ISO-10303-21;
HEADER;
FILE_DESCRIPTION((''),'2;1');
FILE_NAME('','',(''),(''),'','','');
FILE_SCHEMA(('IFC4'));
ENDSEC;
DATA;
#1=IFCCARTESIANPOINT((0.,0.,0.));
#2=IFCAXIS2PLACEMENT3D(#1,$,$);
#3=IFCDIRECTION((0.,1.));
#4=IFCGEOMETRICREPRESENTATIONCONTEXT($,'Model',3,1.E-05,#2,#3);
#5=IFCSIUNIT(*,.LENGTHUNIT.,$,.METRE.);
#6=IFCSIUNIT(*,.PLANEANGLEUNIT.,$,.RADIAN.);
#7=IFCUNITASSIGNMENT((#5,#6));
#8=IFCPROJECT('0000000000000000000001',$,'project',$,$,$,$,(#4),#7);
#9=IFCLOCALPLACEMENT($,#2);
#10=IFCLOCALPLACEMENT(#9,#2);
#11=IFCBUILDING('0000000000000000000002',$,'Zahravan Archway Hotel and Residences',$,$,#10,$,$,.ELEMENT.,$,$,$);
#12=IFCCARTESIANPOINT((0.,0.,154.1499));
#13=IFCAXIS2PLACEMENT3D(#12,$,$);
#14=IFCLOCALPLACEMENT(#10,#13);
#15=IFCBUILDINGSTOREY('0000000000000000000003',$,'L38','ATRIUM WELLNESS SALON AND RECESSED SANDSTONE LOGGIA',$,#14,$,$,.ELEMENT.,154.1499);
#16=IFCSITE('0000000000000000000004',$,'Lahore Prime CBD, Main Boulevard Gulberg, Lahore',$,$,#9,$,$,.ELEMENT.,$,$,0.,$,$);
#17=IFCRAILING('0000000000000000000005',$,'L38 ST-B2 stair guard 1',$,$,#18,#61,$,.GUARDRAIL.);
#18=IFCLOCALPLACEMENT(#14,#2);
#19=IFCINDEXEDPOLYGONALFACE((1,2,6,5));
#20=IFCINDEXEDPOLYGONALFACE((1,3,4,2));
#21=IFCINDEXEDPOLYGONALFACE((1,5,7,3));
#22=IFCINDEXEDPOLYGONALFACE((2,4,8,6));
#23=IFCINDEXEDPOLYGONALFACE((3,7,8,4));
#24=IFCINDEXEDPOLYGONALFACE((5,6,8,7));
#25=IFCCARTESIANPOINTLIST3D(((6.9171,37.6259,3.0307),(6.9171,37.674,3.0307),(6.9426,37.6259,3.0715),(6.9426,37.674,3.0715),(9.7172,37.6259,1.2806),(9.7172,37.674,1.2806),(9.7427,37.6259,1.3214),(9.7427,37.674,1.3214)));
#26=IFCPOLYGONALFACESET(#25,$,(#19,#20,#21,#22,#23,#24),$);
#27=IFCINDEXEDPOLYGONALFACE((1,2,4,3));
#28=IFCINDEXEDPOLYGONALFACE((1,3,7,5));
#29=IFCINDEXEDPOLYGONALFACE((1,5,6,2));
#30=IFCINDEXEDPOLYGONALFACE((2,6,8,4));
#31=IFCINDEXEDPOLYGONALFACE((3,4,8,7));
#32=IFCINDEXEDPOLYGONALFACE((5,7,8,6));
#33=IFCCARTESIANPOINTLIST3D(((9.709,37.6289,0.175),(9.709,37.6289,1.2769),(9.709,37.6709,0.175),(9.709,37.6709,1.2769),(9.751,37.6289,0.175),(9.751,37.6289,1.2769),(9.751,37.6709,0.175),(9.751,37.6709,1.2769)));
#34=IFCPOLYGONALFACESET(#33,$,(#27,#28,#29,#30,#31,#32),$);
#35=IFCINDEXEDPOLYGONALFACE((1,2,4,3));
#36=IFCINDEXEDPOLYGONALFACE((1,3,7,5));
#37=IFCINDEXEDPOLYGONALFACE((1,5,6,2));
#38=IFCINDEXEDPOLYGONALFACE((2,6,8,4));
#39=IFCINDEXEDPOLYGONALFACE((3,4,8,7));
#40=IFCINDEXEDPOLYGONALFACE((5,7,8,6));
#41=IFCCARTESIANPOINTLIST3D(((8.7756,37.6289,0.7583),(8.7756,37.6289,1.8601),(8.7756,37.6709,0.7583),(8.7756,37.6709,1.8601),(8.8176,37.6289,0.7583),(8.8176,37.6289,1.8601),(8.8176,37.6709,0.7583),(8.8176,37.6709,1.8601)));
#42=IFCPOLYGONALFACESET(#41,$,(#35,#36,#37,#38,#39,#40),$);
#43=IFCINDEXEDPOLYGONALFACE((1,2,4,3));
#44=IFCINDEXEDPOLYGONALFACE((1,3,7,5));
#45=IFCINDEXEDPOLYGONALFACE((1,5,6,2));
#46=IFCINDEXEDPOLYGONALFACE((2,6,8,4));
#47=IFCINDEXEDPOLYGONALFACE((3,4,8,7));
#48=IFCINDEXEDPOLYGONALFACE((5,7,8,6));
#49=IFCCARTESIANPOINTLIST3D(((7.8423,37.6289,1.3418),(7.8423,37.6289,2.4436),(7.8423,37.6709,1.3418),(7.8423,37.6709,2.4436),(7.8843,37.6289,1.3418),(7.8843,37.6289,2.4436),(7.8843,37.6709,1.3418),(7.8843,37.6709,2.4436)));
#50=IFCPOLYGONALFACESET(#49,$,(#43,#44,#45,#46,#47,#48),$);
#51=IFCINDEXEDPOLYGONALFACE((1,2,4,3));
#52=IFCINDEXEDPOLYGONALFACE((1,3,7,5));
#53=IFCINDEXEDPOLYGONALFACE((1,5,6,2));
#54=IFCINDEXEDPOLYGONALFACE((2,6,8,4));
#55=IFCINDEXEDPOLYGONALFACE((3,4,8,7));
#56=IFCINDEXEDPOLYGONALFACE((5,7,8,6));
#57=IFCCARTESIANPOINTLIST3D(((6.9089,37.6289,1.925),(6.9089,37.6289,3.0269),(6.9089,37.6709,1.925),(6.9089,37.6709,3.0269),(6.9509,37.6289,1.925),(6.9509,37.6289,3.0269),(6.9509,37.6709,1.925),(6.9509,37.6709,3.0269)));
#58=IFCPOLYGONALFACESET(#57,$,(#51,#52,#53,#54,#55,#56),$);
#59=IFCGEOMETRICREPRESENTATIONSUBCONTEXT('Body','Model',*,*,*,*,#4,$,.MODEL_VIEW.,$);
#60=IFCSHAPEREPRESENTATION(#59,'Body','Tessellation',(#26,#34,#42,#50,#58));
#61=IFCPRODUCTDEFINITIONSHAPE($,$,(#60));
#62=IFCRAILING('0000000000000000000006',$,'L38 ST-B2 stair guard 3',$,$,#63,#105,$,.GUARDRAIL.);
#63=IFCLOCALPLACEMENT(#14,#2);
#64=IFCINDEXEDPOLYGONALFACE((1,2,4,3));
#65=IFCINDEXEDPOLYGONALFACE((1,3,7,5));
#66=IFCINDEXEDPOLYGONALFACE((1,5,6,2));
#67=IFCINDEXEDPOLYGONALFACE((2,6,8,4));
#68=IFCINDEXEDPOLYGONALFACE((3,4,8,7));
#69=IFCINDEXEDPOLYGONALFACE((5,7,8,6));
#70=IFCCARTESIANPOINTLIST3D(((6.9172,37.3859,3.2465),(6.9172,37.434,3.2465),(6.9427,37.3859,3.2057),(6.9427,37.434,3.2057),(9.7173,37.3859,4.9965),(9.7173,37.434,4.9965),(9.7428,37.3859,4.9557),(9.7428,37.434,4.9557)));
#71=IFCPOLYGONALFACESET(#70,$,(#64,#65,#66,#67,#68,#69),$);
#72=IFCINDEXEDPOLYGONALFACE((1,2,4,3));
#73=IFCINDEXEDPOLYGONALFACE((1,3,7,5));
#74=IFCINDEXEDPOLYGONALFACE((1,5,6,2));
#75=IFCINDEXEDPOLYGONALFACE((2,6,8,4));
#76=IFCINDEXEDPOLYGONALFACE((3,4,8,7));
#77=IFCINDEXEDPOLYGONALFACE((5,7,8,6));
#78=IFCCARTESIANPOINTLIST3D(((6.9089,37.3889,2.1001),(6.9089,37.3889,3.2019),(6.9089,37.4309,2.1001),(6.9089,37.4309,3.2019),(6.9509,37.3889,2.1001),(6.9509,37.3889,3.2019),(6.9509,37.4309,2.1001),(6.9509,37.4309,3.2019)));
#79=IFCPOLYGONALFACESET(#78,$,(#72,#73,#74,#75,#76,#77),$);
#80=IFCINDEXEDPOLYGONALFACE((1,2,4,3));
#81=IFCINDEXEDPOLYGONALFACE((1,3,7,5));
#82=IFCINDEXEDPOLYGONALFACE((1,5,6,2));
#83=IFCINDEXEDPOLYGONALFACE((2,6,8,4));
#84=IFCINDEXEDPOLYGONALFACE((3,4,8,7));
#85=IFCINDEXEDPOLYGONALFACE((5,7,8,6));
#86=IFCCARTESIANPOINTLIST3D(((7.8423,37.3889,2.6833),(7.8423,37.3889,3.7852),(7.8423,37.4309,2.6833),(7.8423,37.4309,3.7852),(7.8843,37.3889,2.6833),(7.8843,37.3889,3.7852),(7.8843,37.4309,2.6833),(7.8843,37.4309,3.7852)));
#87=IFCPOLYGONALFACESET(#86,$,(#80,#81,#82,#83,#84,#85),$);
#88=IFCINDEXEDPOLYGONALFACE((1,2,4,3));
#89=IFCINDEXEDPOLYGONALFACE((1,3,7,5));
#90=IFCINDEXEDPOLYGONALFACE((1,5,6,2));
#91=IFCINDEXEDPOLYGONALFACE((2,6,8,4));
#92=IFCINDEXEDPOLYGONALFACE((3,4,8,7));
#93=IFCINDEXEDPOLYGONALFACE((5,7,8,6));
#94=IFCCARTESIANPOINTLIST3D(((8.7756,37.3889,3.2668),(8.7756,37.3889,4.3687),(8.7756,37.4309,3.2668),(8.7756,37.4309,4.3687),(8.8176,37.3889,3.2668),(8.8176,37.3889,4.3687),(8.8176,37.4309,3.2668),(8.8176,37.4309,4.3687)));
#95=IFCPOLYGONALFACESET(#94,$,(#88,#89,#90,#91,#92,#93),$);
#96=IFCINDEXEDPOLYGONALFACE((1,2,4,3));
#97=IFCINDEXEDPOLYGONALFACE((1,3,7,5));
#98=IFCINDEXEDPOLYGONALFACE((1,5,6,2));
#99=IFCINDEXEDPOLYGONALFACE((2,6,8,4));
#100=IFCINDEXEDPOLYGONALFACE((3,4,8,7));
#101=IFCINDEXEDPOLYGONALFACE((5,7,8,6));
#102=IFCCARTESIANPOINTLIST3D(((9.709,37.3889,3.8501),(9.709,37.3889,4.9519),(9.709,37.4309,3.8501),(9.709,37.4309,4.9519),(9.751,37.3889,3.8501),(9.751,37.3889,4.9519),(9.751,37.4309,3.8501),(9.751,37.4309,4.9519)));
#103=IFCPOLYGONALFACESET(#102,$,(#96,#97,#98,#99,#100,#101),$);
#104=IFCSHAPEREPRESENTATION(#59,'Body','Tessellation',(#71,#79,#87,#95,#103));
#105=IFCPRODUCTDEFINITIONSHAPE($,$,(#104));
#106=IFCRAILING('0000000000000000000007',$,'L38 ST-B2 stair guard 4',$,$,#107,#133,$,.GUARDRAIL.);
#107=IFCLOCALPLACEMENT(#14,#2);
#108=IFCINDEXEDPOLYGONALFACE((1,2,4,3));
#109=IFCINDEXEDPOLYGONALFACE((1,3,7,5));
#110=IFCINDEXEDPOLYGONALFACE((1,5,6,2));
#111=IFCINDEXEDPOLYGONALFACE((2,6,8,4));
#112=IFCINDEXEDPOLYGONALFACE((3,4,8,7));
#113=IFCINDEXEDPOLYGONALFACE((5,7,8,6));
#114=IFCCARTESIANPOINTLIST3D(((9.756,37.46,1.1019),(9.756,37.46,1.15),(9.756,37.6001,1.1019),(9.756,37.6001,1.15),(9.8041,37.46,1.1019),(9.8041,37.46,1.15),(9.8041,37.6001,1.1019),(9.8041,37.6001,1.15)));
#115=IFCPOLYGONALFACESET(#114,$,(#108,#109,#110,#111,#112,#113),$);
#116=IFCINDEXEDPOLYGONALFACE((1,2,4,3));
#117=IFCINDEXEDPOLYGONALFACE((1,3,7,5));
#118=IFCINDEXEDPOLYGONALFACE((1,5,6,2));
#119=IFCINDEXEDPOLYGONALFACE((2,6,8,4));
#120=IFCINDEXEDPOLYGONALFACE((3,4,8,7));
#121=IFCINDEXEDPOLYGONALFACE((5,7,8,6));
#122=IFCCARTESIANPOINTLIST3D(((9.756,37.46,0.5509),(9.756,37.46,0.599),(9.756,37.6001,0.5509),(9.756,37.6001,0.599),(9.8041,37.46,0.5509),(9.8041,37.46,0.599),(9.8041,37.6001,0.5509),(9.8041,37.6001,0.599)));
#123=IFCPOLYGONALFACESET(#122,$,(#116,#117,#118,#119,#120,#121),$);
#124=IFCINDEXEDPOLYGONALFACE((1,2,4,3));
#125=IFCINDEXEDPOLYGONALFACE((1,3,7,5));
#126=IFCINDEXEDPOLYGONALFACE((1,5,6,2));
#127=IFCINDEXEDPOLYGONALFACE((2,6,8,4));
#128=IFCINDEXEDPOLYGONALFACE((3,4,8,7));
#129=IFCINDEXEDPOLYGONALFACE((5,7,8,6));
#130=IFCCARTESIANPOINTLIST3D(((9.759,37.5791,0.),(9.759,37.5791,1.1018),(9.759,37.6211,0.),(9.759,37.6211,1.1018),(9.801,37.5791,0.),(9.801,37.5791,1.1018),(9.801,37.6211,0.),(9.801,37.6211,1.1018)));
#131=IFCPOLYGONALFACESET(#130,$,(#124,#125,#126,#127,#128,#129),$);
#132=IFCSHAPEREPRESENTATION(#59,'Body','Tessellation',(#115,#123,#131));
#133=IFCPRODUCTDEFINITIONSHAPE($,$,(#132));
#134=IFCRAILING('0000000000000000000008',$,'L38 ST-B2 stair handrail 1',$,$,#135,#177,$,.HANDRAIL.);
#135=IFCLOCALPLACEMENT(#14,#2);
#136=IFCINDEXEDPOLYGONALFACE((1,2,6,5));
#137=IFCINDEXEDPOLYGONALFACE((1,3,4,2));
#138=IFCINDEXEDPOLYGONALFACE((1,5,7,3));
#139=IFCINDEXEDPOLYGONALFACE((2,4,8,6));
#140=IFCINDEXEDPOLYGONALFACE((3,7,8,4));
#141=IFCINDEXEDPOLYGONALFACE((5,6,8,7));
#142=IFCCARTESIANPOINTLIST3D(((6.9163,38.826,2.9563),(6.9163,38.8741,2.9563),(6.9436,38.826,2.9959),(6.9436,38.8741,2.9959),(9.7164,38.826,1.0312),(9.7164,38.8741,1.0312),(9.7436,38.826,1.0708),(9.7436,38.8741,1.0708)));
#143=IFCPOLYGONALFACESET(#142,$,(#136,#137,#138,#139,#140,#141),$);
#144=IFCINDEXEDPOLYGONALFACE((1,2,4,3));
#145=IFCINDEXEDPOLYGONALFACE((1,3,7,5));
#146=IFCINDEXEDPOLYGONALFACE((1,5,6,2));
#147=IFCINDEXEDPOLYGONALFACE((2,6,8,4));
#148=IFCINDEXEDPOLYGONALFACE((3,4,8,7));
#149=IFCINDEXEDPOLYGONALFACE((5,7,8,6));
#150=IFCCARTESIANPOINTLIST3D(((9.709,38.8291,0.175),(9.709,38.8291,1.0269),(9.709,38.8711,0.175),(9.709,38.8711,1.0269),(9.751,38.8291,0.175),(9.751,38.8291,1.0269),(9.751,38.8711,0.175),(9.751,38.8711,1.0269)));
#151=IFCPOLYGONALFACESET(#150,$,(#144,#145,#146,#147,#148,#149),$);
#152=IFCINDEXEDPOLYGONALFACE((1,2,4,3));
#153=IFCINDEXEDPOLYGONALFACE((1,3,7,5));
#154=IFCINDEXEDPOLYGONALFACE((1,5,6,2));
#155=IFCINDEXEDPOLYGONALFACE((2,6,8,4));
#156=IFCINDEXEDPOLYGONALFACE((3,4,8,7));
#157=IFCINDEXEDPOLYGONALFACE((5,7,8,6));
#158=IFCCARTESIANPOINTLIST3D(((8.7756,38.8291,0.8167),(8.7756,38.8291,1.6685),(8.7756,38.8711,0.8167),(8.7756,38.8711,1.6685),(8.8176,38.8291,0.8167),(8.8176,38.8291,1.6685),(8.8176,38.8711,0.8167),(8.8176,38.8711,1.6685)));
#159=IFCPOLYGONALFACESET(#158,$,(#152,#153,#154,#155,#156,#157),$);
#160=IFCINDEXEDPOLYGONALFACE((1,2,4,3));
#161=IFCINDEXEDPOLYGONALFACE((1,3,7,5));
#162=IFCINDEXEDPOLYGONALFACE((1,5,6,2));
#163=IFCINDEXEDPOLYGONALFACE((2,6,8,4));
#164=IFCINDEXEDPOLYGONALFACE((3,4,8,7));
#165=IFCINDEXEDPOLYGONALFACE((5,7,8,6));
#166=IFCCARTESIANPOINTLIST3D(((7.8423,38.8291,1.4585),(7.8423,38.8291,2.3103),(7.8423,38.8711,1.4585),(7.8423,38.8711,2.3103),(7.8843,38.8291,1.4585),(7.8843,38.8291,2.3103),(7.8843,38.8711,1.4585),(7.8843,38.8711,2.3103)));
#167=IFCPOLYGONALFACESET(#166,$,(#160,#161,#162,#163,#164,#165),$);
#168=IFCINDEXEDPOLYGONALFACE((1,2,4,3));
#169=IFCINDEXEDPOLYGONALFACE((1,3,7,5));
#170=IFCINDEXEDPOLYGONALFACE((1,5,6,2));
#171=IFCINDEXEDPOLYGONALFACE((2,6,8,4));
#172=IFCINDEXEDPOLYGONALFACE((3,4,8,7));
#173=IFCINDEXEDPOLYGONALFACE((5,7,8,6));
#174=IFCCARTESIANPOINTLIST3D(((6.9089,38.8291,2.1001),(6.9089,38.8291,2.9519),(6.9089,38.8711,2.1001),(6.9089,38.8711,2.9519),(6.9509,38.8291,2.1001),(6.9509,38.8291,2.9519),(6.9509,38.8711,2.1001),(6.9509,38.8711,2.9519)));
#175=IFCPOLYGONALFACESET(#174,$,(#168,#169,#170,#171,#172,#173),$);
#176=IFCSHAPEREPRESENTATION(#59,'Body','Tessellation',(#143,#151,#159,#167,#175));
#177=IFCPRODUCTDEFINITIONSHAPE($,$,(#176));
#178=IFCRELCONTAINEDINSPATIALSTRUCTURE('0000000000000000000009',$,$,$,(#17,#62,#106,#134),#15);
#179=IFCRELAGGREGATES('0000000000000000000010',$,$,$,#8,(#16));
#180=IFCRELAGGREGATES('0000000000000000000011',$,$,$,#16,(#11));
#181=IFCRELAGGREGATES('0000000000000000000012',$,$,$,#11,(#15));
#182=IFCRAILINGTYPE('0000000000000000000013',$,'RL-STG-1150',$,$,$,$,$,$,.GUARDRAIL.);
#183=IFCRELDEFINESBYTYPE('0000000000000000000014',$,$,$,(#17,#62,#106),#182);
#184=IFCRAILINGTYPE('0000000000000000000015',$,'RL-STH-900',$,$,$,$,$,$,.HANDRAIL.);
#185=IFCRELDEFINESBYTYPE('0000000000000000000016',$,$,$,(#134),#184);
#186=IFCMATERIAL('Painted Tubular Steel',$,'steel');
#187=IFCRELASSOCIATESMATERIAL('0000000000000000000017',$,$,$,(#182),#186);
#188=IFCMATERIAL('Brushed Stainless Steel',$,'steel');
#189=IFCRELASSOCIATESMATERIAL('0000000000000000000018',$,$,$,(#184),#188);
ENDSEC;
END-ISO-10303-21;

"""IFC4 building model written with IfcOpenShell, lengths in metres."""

from ifc_helpers import new_model, si_unit, direction, frame, origin, origin_2d, place, context, subcontext, project, spatial, rectangle, extrude, material, type_object, element, save


model = new_model("IFC4")

# Units and contexts
model_context = context("Model", 3, precision=1e-05, world=origin(), true_north=direction((0.0, 1.0)))
body_context = subcontext(model_context, "Body", "Model", "MODEL_VIEW")
ifc_project = project(units=[si_unit("LENGTHUNIT", "METRE"), si_unit("PLANEANGLEUNIT", "RADIAN")], contexts=[model_context])

# Site, building, storey
site_placement = place(None, origin())
site = spatial("IfcSite", under=ifc_project, at=site_placement, Name="Lahore Prime CBD, Main Boulevard Gulberg, Lahore", CompositionType="ELEMENT", RefElevation=0.0)
building_placement = place(site_placement, origin())
building = spatial("IfcBuilding", under=site, at=building_placement, Name="Zahravan Archway Hotel and Residences", CompositionType="ELEMENT")
storey_placement = place(building_placement, frame((0.0, 0.0, 154.1499)))
storey = spatial("IfcBuildingStorey", under=building, at=storey_placement, Name="L38", Description="ATRIUM WELLNESS SALON AND RECESSED SANDSTONE LOGGIA", CompositionType="ELEMENT", Elevation=154.1499)

# Railings
ifc_material_1 = material(Name="Painted Tubular Steel", Category="steel")
railing_type_1 = type_object("IfcRailingType", Name="RL-STG-1150", PredefinedType="GUARDRAIL", material=ifc_material_1)
railing_1_placement = place(storey_placement, frame((9.73, 37.6499, 0.175)))
element("IfcRailing", 1, at=railing_1_placement, inside=storey, type_object=railing_type_1, Name="L38 ST-B2 stair guard 1", PredefinedType="GUARDRAIL", context=body_context, shape_type="SweptSolid", body=[
    extrude(rectangle(XDim=0.0481, YDim=0.0481, at=origin_2d()), frame((0.0, 0.0, 1.126), z_axis=(-0.848002, 0.0, 0.529992), x_axis=(0.0, -1.0, 0.0)), (0.0, 0.0, 1.0), 3.302),
    extrude(rectangle(XDim=0.042, YDim=0.042, at=origin_2d()), origin(), (0.0, 0.0, 1.0), 1.1018),
    extrude(rectangle(XDim=0.042, YDim=0.042, at=origin_2d()), frame((-0.9333, 0.0, 0.5833)), (0.0, 0.0, 1.0), 1.1018),
    extrude(rectangle(XDim=0.042, YDim=0.042, at=origin_2d()), frame((-1.8667, 0.0, 1.1667)), (0.0, 0.0, 1.0), 1.1018),
    extrude(rectangle(XDim=0.042, YDim=0.042, at=origin_2d()), frame((-2.8, 0.0, 1.75)), (0.0, 0.0, 1.0), 1.1018),
])
railing_2_placement = place(storey_placement, frame((6.9299, 37.4099, 2.1001)))
element("IfcRailing", 2, at=railing_2_placement, inside=storey, type_object=railing_type_1, Name="L38 ST-B2 stair guard 3", PredefinedType="GUARDRAIL", context=body_context, shape_type="SweptSolid", body=[
    extrude(rectangle(XDim=0.0481, YDim=0.0481, at=origin_2d()), frame((0.0, 0.0, 1.126), z_axis=(0.848002, 0.0, 0.529992), x_axis=(0.0, 1.0, 0.0)), (0.0, 0.0, 1.0), 3.302),
    extrude(rectangle(XDim=0.042, YDim=0.042, at=origin_2d()), origin(), (0.0, 0.0, 1.0), 1.1018),
    extrude(rectangle(XDim=0.042, YDim=0.042, at=origin_2d()), frame((0.9333, 0.0, 0.5833)), (0.0, 0.0, 1.0), 1.1018),
    extrude(rectangle(XDim=0.042, YDim=0.042, at=origin_2d()), frame((1.8667, 0.0, 1.1667)), (0.0, 0.0, 1.0), 1.1018),
    extrude(rectangle(XDim=0.042, YDim=0.042, at=origin_2d()), frame((2.8, 0.0, 1.75)), (0.0, 0.0, 1.0), 1.1018),
])
railing_3_placement = place(storey_placement, frame((9.78, 37.6001, 0.0)))
element("IfcRailing", 3, at=railing_3_placement, inside=storey, type_object=railing_type_1, Name="L38 ST-B2 stair guard 4", PredefinedType="GUARDRAIL", context=body_context, shape_type="SweptSolid", body=[
    extrude(rectangle(XDim=0.0481, YDim=0.0481, at=origin_2d()), frame((0.0, 0.0, 1.126), z_axis=(0.0, -1.0, 0.0), x_axis=(1.0, 0.0, 0.0)), (0.0, 0.0, 1.0), 0.1401),
    extrude(rectangle(XDim=0.0481, YDim=0.0481, at=origin_2d()), frame((0.0, 0.0, 0.575), z_axis=(0.0, -1.0, 0.0), x_axis=(1.0, 0.0, 0.0)), (0.0, 0.0, 1.0), 0.1401),
    extrude(rectangle(XDim=0.042, YDim=0.042, at=origin_2d()), origin(), (0.0, 0.0, 1.0), 1.1018),
])
ifc_material_2 = material(Name="Brushed Stainless Steel", Category="steel")
railing_type_2 = type_object("IfcRailingType", Name="RL-STH-900", PredefinedType="HANDRAIL", material=ifc_material_2)
railing_4_placement = place(storey_placement, frame((9.73, 38.8501, 0.175)))
element("IfcRailing", 4, at=railing_4_placement, inside=storey, type_object=railing_type_2, Name="L38 ST-B2 stair handrail 1", PredefinedType="HANDRAIL", context=body_context, shape_type="SweptSolid", body=[
    extrude(rectangle(XDim=0.0481, YDim=0.0481, at=origin_2d()), frame((0.0, 0.0, 0.876), z_axis=(-0.82404, 0.0, 0.566532), x_axis=(0.0, -1.0, 0.0)), (0.0, 0.0, 1.0), 3.3979),
    extrude(rectangle(XDim=0.042, YDim=0.042, at=origin_2d()), origin(), (0.0, 0.0, 1.0), 0.8518),
    extrude(rectangle(XDim=0.042, YDim=0.042, at=origin_2d()), frame((-0.9333, 0.0, 0.6416)), (0.0, 0.0, 1.0), 0.8518),
    extrude(rectangle(XDim=0.042, YDim=0.042, at=origin_2d()), frame((-1.8667, 0.0, 1.2834)), (0.0, 0.0, 1.0), 0.8518),
    extrude(rectangle(XDim=0.042, YDim=0.042, at=origin_2d()), frame((-2.8, 0.0, 1.925)), (0.0, 0.0, 1.0), 0.8518),
])

save(model, "model.ifc")
